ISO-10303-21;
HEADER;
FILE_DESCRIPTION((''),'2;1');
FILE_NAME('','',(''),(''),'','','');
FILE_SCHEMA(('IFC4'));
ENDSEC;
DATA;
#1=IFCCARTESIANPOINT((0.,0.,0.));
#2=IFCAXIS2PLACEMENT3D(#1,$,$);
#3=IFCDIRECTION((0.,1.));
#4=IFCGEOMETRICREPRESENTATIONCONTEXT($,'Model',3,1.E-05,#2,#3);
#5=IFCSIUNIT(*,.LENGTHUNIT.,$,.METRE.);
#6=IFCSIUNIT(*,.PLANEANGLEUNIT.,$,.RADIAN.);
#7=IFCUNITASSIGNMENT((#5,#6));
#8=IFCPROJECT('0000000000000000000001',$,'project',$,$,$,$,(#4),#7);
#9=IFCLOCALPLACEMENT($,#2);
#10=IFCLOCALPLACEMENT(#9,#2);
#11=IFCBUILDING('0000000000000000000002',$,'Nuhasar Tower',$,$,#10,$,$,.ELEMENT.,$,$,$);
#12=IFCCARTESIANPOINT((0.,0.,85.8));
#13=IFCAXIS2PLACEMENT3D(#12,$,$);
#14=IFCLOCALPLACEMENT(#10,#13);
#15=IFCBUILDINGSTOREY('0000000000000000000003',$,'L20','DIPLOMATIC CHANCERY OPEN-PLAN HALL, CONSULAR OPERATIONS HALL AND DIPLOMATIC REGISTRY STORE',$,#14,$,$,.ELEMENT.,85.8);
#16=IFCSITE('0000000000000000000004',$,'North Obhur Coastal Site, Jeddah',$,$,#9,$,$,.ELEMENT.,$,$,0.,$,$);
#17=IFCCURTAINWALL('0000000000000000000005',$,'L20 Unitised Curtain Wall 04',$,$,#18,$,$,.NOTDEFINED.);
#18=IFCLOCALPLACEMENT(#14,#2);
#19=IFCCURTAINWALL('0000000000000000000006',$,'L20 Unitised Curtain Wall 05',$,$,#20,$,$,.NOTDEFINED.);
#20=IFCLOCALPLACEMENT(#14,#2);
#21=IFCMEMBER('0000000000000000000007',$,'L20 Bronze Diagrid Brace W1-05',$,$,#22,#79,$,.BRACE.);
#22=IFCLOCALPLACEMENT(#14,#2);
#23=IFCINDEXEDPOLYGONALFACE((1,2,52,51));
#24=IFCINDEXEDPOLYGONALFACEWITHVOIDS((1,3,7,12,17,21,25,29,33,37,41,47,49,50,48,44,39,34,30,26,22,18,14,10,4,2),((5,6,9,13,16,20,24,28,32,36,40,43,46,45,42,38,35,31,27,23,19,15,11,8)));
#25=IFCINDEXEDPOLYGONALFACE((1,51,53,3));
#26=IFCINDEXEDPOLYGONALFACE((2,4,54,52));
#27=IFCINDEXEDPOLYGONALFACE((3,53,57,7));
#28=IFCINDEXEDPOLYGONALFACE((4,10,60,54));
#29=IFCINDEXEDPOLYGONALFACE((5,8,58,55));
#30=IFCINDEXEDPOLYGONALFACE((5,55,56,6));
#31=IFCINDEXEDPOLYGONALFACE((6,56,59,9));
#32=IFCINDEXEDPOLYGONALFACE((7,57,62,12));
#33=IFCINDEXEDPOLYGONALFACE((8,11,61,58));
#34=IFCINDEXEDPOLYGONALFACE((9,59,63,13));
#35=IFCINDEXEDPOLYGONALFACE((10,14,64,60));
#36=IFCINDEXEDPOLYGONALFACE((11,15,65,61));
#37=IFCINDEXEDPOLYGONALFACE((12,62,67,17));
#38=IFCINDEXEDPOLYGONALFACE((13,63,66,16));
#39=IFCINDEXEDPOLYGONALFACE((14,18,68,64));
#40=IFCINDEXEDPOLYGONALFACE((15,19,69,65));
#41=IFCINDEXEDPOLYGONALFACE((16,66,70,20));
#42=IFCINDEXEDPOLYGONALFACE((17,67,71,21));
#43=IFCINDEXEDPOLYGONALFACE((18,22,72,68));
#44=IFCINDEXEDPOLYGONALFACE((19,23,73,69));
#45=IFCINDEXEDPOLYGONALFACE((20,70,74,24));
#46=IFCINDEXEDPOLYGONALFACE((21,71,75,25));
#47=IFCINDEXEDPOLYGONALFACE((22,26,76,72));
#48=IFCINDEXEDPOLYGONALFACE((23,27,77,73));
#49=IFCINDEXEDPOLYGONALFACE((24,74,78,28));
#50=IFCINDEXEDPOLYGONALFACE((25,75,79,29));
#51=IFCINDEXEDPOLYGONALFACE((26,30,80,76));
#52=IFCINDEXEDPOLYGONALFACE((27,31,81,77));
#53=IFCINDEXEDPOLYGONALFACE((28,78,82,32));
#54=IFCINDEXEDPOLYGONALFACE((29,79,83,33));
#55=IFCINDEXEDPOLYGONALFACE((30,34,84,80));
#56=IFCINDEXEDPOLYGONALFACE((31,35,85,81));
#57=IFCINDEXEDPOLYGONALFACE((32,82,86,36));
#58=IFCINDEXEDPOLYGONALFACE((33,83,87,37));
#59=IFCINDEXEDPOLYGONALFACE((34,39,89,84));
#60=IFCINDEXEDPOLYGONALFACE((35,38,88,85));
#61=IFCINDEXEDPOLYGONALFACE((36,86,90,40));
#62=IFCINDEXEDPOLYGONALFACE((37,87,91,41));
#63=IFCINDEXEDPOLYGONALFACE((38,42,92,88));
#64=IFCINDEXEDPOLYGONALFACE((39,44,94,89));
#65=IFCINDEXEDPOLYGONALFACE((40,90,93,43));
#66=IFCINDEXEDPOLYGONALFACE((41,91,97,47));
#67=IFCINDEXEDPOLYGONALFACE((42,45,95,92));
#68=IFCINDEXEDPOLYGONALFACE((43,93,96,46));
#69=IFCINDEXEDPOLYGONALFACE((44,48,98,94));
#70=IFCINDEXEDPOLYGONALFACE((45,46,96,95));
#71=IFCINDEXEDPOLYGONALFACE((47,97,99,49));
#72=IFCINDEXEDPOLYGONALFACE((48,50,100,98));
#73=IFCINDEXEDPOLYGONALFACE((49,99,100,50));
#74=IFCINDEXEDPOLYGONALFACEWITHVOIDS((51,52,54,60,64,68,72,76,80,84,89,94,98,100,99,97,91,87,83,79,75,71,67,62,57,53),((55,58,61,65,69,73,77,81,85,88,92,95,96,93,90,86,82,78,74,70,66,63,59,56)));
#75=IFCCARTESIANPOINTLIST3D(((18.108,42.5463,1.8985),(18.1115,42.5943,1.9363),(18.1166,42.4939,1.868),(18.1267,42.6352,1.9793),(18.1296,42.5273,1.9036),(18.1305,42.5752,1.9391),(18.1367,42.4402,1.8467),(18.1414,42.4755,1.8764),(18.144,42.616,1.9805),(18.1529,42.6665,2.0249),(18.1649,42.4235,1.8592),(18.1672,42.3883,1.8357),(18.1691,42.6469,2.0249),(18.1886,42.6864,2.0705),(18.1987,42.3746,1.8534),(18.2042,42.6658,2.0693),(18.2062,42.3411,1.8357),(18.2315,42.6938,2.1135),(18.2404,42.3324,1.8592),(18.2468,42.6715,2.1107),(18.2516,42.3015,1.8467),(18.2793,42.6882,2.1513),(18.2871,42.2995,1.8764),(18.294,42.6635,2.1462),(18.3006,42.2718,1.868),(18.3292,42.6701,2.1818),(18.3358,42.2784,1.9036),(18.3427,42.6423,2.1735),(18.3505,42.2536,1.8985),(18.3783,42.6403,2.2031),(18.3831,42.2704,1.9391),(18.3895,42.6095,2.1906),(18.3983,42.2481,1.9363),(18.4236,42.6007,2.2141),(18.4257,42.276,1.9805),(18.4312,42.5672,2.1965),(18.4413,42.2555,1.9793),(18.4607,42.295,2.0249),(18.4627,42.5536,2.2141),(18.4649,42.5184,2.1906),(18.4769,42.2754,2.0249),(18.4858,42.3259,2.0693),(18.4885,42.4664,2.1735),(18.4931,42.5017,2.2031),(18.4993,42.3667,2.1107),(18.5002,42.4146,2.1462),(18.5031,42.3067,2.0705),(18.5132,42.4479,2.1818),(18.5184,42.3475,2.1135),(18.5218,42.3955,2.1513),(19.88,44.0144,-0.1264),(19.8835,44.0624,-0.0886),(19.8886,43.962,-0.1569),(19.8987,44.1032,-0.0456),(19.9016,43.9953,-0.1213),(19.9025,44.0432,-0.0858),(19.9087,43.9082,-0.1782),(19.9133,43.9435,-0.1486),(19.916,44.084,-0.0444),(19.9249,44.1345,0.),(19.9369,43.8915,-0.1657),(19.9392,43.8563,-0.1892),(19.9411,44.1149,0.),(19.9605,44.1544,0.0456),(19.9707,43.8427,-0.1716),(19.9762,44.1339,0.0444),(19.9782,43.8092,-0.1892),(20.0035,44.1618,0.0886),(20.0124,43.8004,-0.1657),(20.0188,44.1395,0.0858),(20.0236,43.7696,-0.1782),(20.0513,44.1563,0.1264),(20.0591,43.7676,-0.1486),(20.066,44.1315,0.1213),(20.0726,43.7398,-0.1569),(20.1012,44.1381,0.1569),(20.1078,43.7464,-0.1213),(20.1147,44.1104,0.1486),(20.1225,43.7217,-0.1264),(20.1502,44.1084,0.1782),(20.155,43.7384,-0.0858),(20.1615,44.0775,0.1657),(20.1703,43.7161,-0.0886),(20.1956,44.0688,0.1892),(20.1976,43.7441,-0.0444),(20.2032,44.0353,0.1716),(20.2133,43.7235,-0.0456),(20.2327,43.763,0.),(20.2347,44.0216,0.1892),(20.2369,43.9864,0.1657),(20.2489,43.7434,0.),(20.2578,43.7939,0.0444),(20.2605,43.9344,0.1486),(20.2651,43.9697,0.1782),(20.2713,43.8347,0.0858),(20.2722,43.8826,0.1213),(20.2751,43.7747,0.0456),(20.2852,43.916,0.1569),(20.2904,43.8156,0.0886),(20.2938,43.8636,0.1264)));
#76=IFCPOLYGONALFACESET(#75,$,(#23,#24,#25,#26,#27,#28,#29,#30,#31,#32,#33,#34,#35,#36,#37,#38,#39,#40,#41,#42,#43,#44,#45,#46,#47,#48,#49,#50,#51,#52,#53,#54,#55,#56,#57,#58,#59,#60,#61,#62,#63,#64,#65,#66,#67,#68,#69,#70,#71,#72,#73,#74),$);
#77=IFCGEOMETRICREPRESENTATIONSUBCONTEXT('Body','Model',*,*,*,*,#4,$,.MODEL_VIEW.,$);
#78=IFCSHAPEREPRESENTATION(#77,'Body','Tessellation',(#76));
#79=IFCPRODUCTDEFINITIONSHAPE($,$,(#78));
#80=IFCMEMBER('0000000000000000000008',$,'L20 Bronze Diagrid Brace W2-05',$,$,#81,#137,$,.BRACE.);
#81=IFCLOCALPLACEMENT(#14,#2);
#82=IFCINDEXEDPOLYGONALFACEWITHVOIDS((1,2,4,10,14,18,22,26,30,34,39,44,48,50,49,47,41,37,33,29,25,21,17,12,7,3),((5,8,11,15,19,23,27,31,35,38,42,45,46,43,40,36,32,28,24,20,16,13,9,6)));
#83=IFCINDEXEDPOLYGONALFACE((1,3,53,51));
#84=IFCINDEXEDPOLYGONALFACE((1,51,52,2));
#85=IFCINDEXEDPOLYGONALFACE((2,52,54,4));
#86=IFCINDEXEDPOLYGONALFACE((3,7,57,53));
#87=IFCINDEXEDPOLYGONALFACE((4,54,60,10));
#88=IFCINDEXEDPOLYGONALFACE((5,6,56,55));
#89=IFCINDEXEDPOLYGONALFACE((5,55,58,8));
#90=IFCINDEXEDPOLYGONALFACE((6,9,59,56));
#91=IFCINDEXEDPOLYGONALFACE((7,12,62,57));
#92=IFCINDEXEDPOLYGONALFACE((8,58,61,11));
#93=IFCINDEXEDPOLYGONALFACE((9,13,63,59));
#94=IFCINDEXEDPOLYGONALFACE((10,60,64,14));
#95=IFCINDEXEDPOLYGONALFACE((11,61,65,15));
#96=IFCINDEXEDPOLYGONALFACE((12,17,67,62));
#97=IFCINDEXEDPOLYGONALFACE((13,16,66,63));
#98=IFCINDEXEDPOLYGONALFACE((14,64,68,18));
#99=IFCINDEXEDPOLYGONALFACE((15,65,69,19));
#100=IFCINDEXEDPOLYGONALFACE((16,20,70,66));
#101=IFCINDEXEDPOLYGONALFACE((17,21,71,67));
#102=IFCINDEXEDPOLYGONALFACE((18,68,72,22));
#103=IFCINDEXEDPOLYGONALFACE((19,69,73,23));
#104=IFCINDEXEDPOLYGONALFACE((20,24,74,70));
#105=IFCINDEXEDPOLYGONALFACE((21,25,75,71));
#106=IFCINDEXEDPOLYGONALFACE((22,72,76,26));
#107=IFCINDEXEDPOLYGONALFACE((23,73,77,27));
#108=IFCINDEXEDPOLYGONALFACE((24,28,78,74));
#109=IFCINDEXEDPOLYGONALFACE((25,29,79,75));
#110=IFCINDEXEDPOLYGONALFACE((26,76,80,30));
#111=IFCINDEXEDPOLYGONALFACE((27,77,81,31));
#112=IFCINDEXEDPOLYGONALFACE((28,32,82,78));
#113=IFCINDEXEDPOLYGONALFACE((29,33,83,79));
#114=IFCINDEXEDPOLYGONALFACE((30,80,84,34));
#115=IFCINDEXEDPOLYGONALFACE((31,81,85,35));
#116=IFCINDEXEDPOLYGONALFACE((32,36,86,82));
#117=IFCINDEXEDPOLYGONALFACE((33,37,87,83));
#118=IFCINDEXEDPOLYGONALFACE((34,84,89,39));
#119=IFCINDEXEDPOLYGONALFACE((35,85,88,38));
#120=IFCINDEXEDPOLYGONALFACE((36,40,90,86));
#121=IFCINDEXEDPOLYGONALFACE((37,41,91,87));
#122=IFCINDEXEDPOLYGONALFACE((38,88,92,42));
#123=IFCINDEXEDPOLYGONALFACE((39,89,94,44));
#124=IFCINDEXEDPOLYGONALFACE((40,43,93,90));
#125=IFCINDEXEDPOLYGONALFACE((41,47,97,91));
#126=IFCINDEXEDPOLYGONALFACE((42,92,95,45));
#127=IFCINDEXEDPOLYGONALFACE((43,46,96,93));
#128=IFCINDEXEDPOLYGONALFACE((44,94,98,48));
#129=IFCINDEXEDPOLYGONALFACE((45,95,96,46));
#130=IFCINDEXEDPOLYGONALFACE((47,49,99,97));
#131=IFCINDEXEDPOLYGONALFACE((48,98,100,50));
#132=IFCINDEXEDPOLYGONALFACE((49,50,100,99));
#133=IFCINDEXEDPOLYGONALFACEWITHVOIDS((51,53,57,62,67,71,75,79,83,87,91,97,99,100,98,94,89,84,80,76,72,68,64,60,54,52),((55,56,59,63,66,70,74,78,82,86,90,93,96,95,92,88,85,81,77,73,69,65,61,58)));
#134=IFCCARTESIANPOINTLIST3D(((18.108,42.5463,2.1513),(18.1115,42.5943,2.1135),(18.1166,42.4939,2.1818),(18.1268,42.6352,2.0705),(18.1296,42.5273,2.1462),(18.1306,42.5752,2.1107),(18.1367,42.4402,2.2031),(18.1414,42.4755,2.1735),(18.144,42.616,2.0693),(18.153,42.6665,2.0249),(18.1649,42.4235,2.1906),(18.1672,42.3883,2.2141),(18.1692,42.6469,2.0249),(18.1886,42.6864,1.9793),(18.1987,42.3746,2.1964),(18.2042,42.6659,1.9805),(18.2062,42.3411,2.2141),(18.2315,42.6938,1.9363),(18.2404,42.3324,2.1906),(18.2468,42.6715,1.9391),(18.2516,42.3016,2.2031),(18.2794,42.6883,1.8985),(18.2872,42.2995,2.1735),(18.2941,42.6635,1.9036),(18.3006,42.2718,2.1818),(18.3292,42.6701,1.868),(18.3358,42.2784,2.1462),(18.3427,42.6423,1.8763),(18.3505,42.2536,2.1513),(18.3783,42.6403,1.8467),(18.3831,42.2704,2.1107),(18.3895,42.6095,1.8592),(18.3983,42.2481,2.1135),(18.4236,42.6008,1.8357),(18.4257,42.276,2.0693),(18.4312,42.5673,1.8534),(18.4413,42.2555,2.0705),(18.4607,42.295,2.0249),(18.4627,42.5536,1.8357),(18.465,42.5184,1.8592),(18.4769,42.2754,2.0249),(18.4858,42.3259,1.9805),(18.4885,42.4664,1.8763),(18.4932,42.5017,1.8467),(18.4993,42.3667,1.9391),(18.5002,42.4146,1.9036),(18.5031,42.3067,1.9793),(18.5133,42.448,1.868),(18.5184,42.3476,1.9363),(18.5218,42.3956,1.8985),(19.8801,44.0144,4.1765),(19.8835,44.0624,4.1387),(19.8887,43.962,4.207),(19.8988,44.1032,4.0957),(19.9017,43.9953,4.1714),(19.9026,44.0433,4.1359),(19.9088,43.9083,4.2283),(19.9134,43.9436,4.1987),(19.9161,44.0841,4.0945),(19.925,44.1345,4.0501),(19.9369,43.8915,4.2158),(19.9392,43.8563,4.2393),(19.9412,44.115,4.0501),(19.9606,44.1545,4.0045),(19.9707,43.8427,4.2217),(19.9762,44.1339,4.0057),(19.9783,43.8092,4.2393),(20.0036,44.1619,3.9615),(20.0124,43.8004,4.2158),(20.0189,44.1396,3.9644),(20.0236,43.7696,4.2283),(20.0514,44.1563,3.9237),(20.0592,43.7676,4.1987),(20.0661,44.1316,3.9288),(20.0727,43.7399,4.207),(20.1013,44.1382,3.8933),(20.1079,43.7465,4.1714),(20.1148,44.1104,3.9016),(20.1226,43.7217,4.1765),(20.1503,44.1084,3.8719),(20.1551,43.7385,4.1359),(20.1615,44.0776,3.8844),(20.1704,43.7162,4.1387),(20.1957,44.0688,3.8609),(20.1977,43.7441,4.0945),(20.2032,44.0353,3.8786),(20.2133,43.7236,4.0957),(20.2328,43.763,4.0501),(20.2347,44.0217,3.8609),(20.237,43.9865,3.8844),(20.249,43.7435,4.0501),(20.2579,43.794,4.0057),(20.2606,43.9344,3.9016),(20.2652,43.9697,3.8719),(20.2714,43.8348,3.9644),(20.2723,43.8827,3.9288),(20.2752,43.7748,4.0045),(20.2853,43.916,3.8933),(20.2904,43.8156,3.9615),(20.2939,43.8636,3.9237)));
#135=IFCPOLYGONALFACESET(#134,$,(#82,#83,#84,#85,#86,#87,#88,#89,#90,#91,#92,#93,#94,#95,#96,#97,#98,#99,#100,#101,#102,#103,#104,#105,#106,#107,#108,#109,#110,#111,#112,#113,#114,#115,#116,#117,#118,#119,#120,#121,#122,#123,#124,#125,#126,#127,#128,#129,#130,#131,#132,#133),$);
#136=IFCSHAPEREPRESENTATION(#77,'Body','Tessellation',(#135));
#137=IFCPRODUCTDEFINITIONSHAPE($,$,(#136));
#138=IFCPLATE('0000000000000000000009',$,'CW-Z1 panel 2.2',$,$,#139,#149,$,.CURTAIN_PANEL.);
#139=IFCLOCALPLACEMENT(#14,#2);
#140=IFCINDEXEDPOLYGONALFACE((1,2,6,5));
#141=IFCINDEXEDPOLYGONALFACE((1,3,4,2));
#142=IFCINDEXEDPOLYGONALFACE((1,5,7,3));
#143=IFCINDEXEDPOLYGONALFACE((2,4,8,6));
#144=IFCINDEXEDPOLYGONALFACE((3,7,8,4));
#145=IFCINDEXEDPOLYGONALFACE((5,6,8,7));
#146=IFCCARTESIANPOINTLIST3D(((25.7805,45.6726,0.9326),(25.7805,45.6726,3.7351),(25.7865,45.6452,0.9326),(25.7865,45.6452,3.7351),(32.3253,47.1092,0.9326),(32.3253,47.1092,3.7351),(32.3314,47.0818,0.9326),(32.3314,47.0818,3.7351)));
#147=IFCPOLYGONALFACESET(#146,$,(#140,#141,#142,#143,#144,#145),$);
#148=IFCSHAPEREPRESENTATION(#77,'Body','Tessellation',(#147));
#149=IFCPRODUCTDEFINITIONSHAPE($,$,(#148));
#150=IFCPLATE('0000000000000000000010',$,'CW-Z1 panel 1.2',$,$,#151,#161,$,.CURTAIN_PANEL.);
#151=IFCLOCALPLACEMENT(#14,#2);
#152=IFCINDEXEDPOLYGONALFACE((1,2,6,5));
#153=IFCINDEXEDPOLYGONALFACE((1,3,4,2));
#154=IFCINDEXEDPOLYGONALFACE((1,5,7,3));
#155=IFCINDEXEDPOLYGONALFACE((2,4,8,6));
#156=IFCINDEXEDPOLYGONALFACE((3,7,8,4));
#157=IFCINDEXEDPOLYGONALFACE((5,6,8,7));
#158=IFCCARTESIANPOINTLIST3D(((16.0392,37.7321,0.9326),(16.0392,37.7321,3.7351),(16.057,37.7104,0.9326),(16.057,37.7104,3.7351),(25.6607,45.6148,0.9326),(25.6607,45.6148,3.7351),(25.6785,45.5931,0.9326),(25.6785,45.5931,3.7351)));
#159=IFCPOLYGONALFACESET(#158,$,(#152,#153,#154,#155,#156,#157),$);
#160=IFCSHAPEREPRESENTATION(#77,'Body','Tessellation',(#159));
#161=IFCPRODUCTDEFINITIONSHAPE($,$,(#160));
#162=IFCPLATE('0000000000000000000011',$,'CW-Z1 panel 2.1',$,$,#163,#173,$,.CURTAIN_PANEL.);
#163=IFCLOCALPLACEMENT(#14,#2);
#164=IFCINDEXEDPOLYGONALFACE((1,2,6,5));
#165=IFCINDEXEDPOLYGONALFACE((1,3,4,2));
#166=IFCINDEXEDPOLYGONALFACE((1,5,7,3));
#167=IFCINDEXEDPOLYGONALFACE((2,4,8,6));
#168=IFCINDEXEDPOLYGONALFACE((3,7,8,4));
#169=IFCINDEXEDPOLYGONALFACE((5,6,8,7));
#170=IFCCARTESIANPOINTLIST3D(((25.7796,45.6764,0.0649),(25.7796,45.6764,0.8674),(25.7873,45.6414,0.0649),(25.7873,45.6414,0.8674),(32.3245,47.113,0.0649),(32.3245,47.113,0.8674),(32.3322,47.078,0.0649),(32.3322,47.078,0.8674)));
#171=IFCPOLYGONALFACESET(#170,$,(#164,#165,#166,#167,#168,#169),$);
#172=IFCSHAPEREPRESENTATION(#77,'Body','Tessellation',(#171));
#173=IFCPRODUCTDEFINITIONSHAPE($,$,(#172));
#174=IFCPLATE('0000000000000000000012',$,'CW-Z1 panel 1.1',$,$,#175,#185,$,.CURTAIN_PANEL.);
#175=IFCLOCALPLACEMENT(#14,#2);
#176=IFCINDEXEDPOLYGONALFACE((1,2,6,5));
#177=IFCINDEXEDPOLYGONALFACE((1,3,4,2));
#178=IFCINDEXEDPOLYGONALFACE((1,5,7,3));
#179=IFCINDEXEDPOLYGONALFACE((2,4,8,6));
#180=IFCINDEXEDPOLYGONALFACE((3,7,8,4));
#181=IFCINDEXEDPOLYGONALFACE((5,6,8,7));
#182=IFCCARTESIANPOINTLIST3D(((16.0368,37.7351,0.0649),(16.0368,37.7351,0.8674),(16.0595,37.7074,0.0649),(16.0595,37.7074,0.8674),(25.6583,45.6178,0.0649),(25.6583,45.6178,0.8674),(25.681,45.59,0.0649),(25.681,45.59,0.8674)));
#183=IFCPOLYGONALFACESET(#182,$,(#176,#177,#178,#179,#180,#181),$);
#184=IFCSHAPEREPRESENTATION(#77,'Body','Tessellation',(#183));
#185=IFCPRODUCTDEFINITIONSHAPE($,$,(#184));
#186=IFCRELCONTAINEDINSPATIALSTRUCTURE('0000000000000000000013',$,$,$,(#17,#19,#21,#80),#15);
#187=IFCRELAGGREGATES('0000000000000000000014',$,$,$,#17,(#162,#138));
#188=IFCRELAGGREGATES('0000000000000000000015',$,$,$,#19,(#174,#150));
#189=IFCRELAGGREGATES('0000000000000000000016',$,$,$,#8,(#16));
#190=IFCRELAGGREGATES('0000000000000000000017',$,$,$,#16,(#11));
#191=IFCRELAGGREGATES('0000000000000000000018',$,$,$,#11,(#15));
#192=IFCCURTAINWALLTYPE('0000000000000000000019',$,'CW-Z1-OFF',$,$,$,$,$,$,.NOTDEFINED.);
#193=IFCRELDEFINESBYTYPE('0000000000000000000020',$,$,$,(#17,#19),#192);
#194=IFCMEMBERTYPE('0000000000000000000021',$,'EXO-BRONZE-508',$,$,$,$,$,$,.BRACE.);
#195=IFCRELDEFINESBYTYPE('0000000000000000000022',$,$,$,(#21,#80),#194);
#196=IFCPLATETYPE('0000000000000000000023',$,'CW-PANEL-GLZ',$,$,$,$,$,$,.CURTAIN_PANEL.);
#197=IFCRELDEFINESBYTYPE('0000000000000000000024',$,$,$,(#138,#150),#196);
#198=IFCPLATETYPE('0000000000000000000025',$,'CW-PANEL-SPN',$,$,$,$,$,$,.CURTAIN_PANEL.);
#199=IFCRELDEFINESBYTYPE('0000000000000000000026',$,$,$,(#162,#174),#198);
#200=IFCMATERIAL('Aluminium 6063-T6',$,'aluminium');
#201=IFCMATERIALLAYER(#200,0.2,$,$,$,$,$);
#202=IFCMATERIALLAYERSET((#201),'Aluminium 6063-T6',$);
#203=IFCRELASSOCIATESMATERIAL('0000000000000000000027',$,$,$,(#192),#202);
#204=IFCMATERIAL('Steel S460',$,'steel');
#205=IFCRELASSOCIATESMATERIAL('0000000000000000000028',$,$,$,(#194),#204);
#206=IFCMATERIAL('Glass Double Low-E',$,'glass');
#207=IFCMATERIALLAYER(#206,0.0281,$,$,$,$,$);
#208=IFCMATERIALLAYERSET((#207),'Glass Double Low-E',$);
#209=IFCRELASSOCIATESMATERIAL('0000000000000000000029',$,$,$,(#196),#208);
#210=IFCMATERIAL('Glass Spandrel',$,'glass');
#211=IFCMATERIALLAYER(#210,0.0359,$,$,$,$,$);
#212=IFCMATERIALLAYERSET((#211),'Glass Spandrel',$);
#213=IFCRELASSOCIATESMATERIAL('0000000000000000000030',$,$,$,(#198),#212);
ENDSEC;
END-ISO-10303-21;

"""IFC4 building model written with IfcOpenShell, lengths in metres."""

from ifc_helpers import new_model, si_unit, direction, frame, origin, origin_2d, place, context, subcontext, project, spatial, rectangle, hollow_circle, extrude, material, layer, layer_set, material_profile, profile_set, type_object, element, aggregate, save


model = new_model("IFC4")

# Units and contexts
model_context = context("Model", 3, precision=1e-05, world=origin(), true_north=direction((0.0, 1.0)))
body_context = subcontext(model_context, "Body", "Model", "MODEL_VIEW")
ifc_project = project(units=[si_unit("LENGTHUNIT", "METRE"), si_unit("PLANEANGLEUNIT", "RADIAN")], contexts=[model_context])

# Site, building, storey
site_placement = place(None, origin())
site = spatial("IfcSite", under=ifc_project, at=site_placement, Name="North Obhur Coastal Site, Jeddah", CompositionType="ELEMENT", RefElevation=0.0)
building_placement = place(site_placement, origin())
building = spatial("IfcBuilding", under=site, at=building_placement, Name="Nuhasar Tower", CompositionType="ELEMENT")
storey_placement = place(building_placement, frame((0.0, 0.0, 85.8)))
storey = spatial("IfcBuildingStorey", under=building, at=storey_placement, Name="L20", Description="DIPLOMATIC CHANCERY OPEN-PLAN HALL, CONSULAR OPERATIONS HALL AND DIPLOMATIC REGISTRY STORE", CompositionType="ELEMENT", Elevation=85.8)

# Curtain wall
ifc_material_1 = material(Name="Aluminium 6063-T6", Category="aluminium")
ifc_layer_1 = layer(ifc_material_1, 0.2)
ifc_layer_set_1 = layer_set([ifc_layer_1], Name="Aluminium 6063-T6")
curtain_wall_type = type_object("IfcCurtainWallType", Name="CW-Z1-OFF", PredefinedType="NOTDEFINED", material=ifc_layer_set_1)
curtain_wall_1_placement = place(storey_placement, origin())
curtain_wall_1 = element("IfcCurtainWall", 1, at=curtain_wall_1_placement, inside=storey, type_object=curtain_wall_type, Name="L20 Unitised Curtain Wall 04", PredefinedType="NOTDEFINED")

# Curtain wall
curtain_wall_2_placement = place(storey_placement, origin())
curtain_wall_2 = element("IfcCurtainWall", 2, at=curtain_wall_2_placement, inside=storey, type_object=curtain_wall_type, Name="L20 Unitised Curtain Wall 05", PredefinedType="NOTDEFINED")

# Members
ifc_material_2 = material(Name="Steel S460", Category="steel")
ifc_material_profile_1 = material_profile(ifc_material_2, hollow_circle(Radius=0.2539, WallThickness=0.0254, at=origin_2d()), Name="HSS508X25.4")
ifc_profile_set_1 = profile_set([ifc_material_profile_1], Name="Steel S460")
member_type_1 = type_object("IfcMemberType", Name="EXO-BRONZE-508", PredefinedType="BRACE", material=ifc_profile_set_1)
for number, where, z_axis, x_axis, name in (
    (3, (20.0869, 43.939, 0.0), (-0.578102, -0.478937, 0.660619), (0.637969, -0.770062, 0.0), "L20 Bronze Diagrid Brace W1-05"),
):
    element("IfcMember", number, at=place(storey_placement, frame(where, z_axis=z_axis, x_axis=x_axis)), inside=storey, type_object=member_type_1, Name=name, PredefinedType="BRACE", context=body_context, shape_type="SweptSolid", body=[
        extrude(hollow_circle(Radius=0.2539, WallThickness=0.0254, at=origin_2d()), origin(), (0.0, 0.0, 1.0), 3.0652),
    ])
member_1_placement = place(storey_placement, frame((18.3149, 42.4709, 2.0249), z_axis=(0.578071, 0.478912, 0.660664), x_axis=(-0.637969, 0.770062, 0.0)))
element("IfcMember", 4, at=member_1_placement, inside=storey, type_object=member_type_1, Name="L20 Bronze Diagrid Brace W2-05", PredefinedType="BRACE", context=body_context, shape_type="SweptSolid", body=[
    extrude(hollow_circle(Radius=0.2539, WallThickness=0.0254, at=origin_2d()), origin(), (0.0, 0.0, 1.0), 3.0654),
])

# Plates
ifc_material_3 = material(Name="Glass Double Low-E", Category="glass")
ifc_layer_2 = layer(ifc_material_3, 0.0281)
ifc_layer_set_2 = layer_set([ifc_layer_2], Name="Glass Double Low-E")
plate_type_1 = type_object("IfcPlateType", Name="CW-PANEL-GLZ", PredefinedType="CURTAIN_PANEL", material=ifc_layer_set_2)
plate_1_placement = place(storey_placement, frame((29.0559, 46.3772, 0.9326), z_axis=(0.0, 0.0, 1.0), x_axis=(-0.976746, -0.214399, 0.0)))
plate_1 = element("IfcPlate", 5, at=plate_1_placement, type_object=plate_type_1, Name="CW-Z1 panel 2.2", PredefinedType="CURTAIN_PANEL", context=body_context, shape_type="SweptSolid", body=[
    extrude(rectangle(XDim=6.7007, YDim=0.0281, at=origin_2d()), origin(), (0.0, 0.0, 1.0), 2.8025),
])
plate_2_placement = place(storey_placement, frame((20.8589, 41.6626, 0.9326), z_axis=(0.0, 0.0, 1.0), x_axis=(-0.773542, -0.633745, 0.0)))
plate_2 = element("IfcPlate", 6, at=plate_2_placement, type_object=plate_type_1, Name="CW-Z1 panel 1.2", PredefinedType="CURTAIN_PANEL", context=body_context, shape_type="SweptSolid", body=[
    extrude(rectangle(XDim=12.4382, YDim=0.0281, at=origin_2d()), origin(), (0.0, 0.0, 1.0), 2.8025),
])
ifc_material_4 = material(Name="Glass Spandrel", Category="glass")
ifc_layer_3 = layer(ifc_material_4, 0.0359)
ifc_layer_set_3 = layer_set([ifc_layer_3], Name="Glass Spandrel")
plate_type_2 = type_object("IfcPlateType", Name="CW-PANEL-SPN", PredefinedType="CURTAIN_PANEL", material=ifc_layer_set_3)
plate_3_placement = place(storey_placement, frame((29.0559, 46.3772, 0.0649), z_axis=(0.0, 0.0, 1.0), x_axis=(-0.976746, -0.214399, 0.0)))
plate_3 = element("IfcPlate", 7, at=plate_3_placement, type_object=plate_type_2, Name="CW-Z1 panel 2.1", PredefinedType="CURTAIN_PANEL", context=body_context, shape_type="SweptSolid", body=[
    extrude(rectangle(XDim=6.7007, YDim=0.0359, at=origin_2d()), origin(), (0.0, 0.0, 1.0), 0.8025),
])
aggregate(curtain_wall_1, [plate_3, plate_1])
plate_4_placement = place(storey_placement, frame((20.8589, 41.6626, 0.0649), z_axis=(0.0, 0.0, 1.0), x_axis=(-0.773542, -0.633745, 0.0)))
plate_4 = element("IfcPlate", 8, at=plate_4_placement, type_object=plate_type_2, Name="CW-Z1 panel 1.1", PredefinedType="CURTAIN_PANEL", context=body_context, shape_type="SweptSolid", body=[
    extrude(rectangle(XDim=12.4382, YDim=0.0359, at=origin_2d()), origin(), (0.0, 0.0, 1.0), 0.8025),
])
aggregate(curtain_wall_2, [plate_4, plate_2])

save(model, "model.ifc")
